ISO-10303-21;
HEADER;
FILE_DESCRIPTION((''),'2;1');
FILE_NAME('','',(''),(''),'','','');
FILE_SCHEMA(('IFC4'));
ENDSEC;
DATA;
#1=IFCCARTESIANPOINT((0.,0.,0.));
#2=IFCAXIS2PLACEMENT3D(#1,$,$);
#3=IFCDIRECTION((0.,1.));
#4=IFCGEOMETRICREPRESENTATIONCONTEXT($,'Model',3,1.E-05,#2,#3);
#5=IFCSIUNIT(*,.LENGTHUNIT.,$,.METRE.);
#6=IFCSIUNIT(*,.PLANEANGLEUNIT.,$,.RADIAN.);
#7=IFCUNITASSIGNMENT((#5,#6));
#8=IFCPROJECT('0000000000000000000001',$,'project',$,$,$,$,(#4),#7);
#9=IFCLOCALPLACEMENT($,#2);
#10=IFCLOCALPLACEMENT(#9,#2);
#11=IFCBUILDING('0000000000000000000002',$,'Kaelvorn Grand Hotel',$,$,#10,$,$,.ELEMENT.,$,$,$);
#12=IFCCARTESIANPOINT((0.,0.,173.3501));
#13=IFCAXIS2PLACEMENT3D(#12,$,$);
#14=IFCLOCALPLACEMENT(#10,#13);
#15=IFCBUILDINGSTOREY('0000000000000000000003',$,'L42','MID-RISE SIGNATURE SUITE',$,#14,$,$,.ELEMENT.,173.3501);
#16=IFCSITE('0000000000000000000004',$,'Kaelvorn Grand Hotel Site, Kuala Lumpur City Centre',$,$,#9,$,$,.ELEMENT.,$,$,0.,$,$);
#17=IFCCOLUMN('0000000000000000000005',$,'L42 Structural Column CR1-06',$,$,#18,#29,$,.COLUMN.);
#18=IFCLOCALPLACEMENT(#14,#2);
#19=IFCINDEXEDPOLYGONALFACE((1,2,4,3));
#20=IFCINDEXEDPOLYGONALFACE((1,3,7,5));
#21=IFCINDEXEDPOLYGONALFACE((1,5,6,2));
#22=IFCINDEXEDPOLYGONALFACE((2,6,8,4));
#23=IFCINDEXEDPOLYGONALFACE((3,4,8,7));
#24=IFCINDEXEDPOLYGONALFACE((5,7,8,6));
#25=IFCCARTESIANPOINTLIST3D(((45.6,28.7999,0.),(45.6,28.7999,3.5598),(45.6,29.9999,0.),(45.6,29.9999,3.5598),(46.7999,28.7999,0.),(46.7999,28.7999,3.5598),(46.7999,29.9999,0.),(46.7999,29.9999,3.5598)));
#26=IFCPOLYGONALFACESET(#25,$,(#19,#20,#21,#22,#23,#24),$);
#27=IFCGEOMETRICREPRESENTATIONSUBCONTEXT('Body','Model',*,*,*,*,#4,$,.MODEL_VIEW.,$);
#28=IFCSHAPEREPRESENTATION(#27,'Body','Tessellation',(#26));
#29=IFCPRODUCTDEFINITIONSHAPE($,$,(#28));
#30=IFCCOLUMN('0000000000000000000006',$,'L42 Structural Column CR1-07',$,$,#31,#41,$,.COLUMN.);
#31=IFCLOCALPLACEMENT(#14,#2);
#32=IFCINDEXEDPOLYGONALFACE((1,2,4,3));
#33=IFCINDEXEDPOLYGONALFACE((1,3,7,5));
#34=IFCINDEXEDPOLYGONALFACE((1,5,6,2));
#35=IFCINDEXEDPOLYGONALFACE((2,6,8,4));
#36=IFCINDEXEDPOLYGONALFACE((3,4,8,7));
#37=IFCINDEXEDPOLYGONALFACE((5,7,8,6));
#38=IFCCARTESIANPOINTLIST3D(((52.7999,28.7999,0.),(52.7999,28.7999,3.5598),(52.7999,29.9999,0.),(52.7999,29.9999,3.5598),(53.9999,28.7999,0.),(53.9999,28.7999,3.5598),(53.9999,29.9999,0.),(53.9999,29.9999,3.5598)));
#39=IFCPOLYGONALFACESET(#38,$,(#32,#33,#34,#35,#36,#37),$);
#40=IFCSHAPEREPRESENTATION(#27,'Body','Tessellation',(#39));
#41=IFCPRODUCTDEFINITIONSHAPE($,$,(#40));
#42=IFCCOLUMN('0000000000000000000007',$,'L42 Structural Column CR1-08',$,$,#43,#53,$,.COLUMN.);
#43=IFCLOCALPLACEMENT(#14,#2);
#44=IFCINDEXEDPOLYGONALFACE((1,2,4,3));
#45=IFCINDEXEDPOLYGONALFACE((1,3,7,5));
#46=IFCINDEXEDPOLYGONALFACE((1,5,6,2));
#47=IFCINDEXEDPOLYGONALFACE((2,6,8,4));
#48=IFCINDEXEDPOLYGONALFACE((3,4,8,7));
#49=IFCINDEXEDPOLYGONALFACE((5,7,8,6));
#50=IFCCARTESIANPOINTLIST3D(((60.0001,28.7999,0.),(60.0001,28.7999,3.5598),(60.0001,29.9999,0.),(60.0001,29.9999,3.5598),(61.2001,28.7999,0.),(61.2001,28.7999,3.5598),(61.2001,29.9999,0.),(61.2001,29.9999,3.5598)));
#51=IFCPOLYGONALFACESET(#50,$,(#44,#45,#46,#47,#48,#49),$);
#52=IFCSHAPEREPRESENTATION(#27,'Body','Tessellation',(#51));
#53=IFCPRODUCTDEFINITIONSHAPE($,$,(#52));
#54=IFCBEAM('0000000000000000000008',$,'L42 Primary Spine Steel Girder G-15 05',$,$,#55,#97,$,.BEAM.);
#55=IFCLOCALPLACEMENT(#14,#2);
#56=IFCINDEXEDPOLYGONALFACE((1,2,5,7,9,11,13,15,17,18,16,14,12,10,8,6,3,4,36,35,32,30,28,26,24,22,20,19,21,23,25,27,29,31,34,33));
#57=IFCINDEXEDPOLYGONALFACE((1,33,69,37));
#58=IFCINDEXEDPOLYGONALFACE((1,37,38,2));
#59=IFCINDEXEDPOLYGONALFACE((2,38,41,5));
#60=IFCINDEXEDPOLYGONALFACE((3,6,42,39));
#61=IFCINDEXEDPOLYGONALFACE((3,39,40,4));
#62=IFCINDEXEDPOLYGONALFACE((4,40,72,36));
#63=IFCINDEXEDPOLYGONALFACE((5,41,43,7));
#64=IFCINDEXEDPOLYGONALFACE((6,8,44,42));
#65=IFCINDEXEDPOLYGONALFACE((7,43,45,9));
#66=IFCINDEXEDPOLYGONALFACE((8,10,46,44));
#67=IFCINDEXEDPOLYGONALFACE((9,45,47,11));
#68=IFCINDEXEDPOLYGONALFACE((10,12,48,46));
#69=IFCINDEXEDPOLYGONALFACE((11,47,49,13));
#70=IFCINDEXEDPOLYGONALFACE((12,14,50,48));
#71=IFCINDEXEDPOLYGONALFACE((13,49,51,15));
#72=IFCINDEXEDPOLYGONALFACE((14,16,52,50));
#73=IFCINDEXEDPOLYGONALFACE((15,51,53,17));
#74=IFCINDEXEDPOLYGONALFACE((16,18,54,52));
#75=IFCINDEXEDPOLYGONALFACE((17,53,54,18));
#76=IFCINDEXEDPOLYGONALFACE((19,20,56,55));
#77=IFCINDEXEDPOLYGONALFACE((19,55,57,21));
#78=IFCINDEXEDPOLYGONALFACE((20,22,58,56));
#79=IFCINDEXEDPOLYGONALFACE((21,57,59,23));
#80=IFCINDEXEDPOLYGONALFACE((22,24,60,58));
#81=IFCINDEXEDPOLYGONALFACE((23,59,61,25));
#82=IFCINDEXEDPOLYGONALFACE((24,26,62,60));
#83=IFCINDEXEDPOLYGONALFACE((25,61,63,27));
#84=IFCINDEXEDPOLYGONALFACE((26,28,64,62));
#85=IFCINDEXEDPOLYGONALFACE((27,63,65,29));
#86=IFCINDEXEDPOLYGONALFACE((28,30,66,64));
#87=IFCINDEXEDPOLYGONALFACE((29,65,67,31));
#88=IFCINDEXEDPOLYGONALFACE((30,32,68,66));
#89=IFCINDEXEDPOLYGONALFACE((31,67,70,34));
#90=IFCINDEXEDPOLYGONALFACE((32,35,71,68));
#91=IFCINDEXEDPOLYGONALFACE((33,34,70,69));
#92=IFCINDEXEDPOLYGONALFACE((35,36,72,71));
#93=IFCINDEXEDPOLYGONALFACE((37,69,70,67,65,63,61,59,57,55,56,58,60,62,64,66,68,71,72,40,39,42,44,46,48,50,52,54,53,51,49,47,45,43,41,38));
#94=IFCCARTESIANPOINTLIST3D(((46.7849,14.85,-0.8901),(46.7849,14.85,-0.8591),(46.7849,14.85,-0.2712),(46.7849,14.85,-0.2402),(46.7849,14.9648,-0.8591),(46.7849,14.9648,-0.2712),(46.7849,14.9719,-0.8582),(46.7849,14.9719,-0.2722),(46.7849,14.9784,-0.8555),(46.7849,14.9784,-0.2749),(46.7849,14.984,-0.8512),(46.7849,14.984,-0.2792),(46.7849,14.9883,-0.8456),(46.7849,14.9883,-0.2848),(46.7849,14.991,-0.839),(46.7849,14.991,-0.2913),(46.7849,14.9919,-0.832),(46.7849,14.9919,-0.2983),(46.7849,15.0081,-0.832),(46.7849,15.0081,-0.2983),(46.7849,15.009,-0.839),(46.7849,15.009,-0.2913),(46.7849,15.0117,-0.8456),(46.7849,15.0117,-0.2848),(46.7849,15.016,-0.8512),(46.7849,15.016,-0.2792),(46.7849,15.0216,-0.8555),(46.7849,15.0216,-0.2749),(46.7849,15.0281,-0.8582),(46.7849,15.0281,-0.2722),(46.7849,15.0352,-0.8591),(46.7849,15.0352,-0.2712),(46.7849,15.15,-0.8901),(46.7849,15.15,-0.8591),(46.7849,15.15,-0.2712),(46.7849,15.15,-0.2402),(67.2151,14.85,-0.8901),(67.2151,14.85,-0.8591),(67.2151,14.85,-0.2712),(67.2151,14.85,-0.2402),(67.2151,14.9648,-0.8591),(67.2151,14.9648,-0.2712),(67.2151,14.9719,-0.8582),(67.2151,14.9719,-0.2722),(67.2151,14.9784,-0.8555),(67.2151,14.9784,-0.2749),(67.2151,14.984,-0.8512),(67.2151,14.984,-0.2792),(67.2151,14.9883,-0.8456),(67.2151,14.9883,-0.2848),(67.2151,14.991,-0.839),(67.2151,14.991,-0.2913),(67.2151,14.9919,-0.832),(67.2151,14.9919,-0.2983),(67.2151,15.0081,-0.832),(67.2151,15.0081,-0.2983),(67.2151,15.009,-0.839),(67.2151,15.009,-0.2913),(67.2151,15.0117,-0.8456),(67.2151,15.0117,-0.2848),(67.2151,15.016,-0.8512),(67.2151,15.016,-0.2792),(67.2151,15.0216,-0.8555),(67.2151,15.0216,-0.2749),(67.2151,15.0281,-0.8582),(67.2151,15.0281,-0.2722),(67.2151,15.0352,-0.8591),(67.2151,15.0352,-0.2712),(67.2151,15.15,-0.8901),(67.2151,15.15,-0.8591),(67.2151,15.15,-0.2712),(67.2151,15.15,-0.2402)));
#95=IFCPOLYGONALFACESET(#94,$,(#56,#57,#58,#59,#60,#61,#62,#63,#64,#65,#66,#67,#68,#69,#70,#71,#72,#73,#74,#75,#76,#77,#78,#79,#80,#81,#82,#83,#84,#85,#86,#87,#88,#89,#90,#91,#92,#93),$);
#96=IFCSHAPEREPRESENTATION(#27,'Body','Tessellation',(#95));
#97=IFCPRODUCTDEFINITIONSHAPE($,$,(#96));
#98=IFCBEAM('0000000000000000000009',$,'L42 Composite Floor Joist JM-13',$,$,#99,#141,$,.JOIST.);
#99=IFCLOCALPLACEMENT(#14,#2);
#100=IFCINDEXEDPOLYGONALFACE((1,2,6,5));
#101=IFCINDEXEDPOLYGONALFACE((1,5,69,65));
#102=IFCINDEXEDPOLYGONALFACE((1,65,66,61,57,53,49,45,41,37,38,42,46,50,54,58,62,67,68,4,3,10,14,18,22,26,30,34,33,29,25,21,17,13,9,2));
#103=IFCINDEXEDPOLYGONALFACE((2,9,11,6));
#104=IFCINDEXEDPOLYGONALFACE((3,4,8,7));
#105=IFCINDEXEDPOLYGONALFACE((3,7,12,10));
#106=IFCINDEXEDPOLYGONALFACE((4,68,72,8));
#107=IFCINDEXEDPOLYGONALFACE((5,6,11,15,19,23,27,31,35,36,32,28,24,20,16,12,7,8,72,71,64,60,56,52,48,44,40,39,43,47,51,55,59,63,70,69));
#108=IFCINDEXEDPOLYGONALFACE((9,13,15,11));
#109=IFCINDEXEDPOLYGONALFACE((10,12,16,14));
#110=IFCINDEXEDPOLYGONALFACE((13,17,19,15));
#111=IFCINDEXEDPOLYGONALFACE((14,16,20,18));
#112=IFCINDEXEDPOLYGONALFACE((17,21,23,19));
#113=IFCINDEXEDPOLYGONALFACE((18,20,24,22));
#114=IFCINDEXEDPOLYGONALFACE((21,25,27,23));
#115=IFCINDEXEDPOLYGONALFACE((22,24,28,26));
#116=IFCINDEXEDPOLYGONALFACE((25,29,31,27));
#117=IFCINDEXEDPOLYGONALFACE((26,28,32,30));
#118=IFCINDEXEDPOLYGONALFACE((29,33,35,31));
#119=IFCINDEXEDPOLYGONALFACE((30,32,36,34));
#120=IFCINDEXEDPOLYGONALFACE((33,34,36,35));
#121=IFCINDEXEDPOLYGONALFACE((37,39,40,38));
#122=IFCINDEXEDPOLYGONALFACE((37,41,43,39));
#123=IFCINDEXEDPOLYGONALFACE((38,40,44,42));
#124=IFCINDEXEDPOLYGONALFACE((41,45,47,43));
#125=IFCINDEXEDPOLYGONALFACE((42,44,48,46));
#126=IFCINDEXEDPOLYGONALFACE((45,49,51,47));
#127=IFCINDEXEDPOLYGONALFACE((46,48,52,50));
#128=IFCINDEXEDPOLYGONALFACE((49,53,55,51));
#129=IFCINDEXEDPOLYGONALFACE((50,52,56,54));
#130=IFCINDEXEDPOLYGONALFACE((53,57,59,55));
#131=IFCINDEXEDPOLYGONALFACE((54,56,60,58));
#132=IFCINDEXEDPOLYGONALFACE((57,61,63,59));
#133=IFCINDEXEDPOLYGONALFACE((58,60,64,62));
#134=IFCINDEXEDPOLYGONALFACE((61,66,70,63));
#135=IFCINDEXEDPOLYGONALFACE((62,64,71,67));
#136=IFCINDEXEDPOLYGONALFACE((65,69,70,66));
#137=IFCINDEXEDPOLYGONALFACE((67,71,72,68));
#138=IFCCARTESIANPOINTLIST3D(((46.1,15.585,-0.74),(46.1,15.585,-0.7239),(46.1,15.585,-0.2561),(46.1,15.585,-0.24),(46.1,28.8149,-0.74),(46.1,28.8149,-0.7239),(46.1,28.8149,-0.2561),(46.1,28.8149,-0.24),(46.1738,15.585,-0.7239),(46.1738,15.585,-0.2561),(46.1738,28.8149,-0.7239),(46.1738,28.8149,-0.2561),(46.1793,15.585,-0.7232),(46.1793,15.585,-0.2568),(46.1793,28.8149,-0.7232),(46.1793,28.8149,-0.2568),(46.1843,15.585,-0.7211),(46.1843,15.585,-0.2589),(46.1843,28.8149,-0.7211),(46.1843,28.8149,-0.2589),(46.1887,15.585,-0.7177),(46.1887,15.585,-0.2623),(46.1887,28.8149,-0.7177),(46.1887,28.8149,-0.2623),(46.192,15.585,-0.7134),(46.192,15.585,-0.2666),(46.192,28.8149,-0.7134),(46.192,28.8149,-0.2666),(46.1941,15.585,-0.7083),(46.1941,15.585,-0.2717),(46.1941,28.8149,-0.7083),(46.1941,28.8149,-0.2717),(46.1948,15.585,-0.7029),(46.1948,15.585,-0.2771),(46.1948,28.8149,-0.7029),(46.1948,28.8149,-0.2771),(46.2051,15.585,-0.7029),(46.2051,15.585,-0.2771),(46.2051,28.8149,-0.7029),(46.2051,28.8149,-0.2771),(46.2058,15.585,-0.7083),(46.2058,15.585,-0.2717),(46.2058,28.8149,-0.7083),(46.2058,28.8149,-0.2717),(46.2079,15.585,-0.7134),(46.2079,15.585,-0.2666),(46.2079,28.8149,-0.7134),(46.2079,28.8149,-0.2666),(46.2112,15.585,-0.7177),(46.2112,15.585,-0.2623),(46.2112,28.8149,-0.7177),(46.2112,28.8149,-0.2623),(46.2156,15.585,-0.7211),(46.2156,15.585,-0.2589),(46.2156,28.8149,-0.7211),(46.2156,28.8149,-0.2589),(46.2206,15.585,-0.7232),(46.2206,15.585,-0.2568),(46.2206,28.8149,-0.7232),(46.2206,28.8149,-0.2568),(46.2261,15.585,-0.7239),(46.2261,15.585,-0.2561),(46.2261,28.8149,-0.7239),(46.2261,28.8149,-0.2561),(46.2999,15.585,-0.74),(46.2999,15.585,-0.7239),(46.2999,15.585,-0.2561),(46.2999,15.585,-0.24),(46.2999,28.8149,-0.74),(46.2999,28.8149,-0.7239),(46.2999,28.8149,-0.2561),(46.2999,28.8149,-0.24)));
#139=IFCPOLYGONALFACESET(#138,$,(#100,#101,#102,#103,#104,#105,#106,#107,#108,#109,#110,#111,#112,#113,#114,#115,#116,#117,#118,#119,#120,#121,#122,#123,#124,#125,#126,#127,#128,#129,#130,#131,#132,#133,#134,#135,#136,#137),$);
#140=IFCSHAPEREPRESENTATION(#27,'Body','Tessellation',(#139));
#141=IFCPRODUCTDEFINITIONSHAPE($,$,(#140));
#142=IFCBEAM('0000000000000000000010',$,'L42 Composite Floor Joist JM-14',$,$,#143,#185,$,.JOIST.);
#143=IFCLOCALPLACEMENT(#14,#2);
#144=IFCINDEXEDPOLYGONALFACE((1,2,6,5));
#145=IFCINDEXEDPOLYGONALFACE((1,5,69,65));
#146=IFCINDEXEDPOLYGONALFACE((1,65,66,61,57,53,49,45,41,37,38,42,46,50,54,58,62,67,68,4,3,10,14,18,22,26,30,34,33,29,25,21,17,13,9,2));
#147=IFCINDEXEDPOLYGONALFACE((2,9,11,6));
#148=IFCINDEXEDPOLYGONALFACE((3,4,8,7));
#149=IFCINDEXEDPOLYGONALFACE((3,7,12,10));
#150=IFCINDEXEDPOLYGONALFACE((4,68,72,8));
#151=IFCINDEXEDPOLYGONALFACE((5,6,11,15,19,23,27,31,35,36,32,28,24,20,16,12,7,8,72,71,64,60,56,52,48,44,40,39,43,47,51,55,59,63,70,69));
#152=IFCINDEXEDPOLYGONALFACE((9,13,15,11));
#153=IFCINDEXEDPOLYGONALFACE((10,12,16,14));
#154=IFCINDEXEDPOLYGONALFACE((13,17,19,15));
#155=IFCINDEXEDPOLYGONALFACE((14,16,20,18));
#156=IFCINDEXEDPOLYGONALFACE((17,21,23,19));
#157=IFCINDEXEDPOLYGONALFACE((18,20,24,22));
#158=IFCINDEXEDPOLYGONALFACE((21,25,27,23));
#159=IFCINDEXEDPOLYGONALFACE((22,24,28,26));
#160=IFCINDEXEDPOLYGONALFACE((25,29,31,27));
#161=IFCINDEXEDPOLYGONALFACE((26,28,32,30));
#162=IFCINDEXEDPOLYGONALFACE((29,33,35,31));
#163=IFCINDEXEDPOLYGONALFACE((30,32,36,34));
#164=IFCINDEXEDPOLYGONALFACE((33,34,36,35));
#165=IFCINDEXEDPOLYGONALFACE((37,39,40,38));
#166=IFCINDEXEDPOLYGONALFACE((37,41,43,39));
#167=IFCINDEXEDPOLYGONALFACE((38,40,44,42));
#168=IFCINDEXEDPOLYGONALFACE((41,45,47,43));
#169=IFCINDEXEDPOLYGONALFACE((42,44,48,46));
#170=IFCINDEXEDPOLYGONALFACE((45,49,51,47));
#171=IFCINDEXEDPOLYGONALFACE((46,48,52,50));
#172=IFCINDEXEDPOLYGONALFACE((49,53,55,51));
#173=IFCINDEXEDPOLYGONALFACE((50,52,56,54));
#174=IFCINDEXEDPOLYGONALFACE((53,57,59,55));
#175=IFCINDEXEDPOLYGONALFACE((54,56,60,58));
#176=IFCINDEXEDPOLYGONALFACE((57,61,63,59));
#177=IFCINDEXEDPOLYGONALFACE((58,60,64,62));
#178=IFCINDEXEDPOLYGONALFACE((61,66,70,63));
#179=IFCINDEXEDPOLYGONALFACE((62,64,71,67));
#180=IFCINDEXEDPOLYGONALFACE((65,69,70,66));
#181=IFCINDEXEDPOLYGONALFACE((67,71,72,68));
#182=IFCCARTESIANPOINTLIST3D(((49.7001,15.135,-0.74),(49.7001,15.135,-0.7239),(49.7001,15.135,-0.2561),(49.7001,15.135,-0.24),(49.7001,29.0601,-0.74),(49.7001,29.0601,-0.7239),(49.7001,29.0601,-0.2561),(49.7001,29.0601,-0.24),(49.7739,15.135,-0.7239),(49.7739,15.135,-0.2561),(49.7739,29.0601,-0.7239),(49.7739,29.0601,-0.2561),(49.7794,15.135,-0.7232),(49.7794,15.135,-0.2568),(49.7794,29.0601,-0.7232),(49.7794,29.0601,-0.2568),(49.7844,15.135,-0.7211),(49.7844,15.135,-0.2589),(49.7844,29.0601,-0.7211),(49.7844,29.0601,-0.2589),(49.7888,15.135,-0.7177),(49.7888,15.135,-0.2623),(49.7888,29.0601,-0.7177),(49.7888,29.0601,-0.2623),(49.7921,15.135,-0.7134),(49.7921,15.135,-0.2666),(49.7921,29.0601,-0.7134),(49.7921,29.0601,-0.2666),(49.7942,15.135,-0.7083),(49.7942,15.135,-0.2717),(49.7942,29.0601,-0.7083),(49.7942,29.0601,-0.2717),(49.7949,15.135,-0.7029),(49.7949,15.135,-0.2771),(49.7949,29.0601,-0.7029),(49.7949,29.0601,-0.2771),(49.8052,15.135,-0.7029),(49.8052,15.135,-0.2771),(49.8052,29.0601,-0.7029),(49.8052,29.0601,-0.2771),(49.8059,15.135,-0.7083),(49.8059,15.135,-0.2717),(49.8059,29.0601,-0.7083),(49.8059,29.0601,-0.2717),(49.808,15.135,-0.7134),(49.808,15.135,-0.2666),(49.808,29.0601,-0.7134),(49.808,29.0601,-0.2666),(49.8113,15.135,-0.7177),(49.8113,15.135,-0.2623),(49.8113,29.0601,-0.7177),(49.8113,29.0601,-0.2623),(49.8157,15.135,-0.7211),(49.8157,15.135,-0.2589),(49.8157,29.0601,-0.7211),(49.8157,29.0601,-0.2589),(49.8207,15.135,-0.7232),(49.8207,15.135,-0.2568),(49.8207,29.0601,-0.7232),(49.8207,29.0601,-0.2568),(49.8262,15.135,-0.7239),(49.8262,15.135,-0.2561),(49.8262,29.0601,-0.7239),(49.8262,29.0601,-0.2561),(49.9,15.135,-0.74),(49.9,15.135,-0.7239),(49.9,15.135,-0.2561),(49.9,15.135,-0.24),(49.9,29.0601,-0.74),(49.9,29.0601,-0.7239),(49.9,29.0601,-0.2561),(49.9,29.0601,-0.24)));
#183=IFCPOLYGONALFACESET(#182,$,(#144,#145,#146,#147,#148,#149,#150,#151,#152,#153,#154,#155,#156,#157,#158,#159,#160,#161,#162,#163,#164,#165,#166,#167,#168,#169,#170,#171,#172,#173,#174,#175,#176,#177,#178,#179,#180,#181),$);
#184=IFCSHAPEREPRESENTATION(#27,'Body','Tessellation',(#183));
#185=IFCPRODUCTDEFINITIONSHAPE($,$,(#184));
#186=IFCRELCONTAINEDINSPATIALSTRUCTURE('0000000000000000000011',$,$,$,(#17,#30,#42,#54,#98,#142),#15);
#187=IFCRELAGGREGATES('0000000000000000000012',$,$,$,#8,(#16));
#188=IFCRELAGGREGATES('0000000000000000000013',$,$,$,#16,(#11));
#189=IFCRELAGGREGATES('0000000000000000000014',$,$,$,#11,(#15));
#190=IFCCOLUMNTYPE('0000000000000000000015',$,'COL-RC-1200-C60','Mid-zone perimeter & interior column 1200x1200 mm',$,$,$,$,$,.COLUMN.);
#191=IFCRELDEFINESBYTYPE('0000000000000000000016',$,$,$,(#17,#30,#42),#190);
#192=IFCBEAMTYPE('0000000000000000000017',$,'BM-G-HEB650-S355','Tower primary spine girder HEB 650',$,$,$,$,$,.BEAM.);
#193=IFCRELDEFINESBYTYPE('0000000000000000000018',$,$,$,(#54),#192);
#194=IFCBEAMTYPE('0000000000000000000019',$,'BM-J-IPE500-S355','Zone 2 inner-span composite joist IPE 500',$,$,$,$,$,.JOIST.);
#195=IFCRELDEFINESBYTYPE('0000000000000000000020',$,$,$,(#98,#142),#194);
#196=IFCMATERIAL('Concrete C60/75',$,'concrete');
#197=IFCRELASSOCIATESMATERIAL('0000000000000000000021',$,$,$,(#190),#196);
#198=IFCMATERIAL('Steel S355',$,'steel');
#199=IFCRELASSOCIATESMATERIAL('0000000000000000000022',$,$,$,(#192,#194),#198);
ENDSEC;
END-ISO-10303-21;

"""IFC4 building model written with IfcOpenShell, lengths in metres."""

from ifc_helpers import new_model, si_unit, direction, frame, origin, origin_2d, place, context, subcontext, project, spatial, rectangle, i_section, extrude, material, material_profile, profile_set, type_object, element, save


model = new_model("IFC4")

# Units and contexts
model_context = context("Model", 3, precision=1e-05, world=origin(), true_north=direction((0.0, 1.0)))
body_context = subcontext(model_context, "Body", "Model", "MODEL_VIEW")
ifc_project = project(units=[si_unit("LENGTHUNIT", "METRE"), si_unit("PLANEANGLEUNIT", "RADIAN")], contexts=[model_context])

# Site, building, storey
site_placement = place(None, origin())
site = spatial("IfcSite", under=ifc_project, at=site_placement, Name="Kaelvorn Grand Hotel Site, Kuala Lumpur City Centre", CompositionType="ELEMENT", RefElevation=0.0)
building_placement = place(site_placement, origin())
building = spatial("IfcBuilding", under=site, at=building_placement, Name="Kaelvorn Grand Hotel", CompositionType="ELEMENT")
storey_placement = place(building_placement, frame((0.0, 0.0, 173.3501)))
storey = spatial("IfcBuildingStorey", under=building, at=storey_placement, Name="L42", Description="MID-RISE SIGNATURE SUITE", CompositionType="ELEMENT", Elevation=173.3501)

# Columns
ifc_material_1 = material(Name="Concrete C60/75", Category="concrete")
ifc_material_profile_1 = material_profile(ifc_material_1, rectangle(XDim=1.2, YDim=1.2, at=origin_2d()), Name="RC COL 1200x1200")
ifc_profile_set_1 = profile_set([ifc_material_profile_1], Name="Concrete C60/75")
column_type = type_object("IfcColumnType", Name="COL-RC-1200-C60", Description="Mid-zone perimeter & interior column 1200x1200 mm", PredefinedType="COLUMN", material=ifc_profile_set_1)
for number, where, z_axis, x_axis, name in (
    (1, (46.2, 29.3999, 0.0), (0.0, 0.0, 1.0), (1.0, 0.0, 0.0), "L42 Structural Column CR1-06"),
    (2, (53.3999, 29.3999, 0.0), (0.0, 0.0, 1.0), (1.0, 0.0, 0.0), "L42 Structural Column CR1-07"),
    (3, (60.6001, 29.3999, 0.0), (0.0, 0.0, 1.0), (1.0, 0.0, 0.0), "L42 Structural Column CR1-08"),
):
    element("IfcColumn", number, at=place(storey_placement, frame(where, z_axis=z_axis, x_axis=x_axis)), inside=storey, type_object=column_type, Name=name, PredefinedType="COLUMN", context=body_context, shape_type="SweptSolid", body=[
        extrude(rectangle(XDim=1.2, YDim=1.2, at=origin_2d()), origin(), (0.0, 0.0, 1.0), 3.5598),
    ])

# Beams
ifc_material_2 = material(Name="Steel S355", Category="steel")
ifc_material_profile_2 = material_profile(ifc_material_2, i_section(OverallWidth=0.3, OverallDepth=0.6499, WebThickness=0.0161, FlangeThickness=0.031, FilletRadius=0.0271, at=origin_2d()), Name="HEB 650")
ifc_profile_set_2 = profile_set([ifc_material_profile_2], Name="Steel S355")
beam_type_1 = type_object("IfcBeamType", Name="BM-G-HEB650-S355", Description="Tower primary spine girder HEB 650", PredefinedType="BEAM", material=ifc_profile_set_2)
beam_1_placement = place(storey_placement, frame((46.7849, 15.0, -0.5652), z_axis=(1.0, 0.0, 0.0), x_axis=(0.0, 1.0, 0.0)))
element("IfcBeam", 4, at=beam_1_placement, inside=storey, type_object=beam_type_1, Name="L42 Primary Spine Steel Girder G-15 05", PredefinedType="BEAM", context=body_context, shape_type="SweptSolid", body=[
    extrude(i_section(OverallWidth=0.3, OverallDepth=0.6499, WebThickness=0.0161, FlangeThickness=0.031, FilletRadius=0.0271, at=origin_2d()), origin(), (0.0, 0.0, 1.0), 20.4302),
])
ifc_material_profile_3 = material_profile(ifc_material_2, i_section(OverallWidth=0.2, OverallDepth=0.5, WebThickness=0.0103, FlangeThickness=0.0161, FilletRadius=0.021, at=origin_2d()), Name="IPE 500")
ifc_profile_set_3 = profile_set([ifc_material_profile_3], Name="Steel S355")
beam_type_2 = type_object("IfcBeamType", Name="BM-J-IPE500-S355", Description="Zone 2 inner-span composite joist IPE 500", PredefinedType="JOIST", material=ifc_profile_set_3)
beam_2_placement = place(storey_placement, frame((46.2, 15.585, -0.49), z_axis=(0.0, 1.0, 0.0), x_axis=(-1.0, 0.0, 0.0)))
element("IfcBeam", 5, at=beam_2_placement, inside=storey, type_object=beam_type_2, Name="L42 Composite Floor Joist JM-13", PredefinedType="JOIST", context=body_context, shape_type="SweptSolid", body=[
    extrude(i_section(OverallWidth=0.2, OverallDepth=0.5, WebThickness=0.0103, FlangeThickness=0.0161, FilletRadius=0.021, at=origin_2d()), origin(), (0.0, 0.0, 1.0), 13.23),
])
beam_3_placement = place(storey_placement, frame((49.8, 15.135, -0.49), z_axis=(0.0, 1.0, 0.0), x_axis=(-1.0, 0.0, 0.0)))
element("IfcBeam", 6, at=beam_3_placement, inside=storey, type_object=beam_type_2, Name="L42 Composite Floor Joist JM-14", PredefinedType="JOIST", context=body_context, shape_type="SweptSolid", body=[
    extrude(i_section(OverallWidth=0.2, OverallDepth=0.5, WebThickness=0.0103, FlangeThickness=0.0161, FilletRadius=0.021, at=origin_2d()), origin(), (0.0, 0.0, 1.0), 13.925),
])

save(model, "model.ifc")
